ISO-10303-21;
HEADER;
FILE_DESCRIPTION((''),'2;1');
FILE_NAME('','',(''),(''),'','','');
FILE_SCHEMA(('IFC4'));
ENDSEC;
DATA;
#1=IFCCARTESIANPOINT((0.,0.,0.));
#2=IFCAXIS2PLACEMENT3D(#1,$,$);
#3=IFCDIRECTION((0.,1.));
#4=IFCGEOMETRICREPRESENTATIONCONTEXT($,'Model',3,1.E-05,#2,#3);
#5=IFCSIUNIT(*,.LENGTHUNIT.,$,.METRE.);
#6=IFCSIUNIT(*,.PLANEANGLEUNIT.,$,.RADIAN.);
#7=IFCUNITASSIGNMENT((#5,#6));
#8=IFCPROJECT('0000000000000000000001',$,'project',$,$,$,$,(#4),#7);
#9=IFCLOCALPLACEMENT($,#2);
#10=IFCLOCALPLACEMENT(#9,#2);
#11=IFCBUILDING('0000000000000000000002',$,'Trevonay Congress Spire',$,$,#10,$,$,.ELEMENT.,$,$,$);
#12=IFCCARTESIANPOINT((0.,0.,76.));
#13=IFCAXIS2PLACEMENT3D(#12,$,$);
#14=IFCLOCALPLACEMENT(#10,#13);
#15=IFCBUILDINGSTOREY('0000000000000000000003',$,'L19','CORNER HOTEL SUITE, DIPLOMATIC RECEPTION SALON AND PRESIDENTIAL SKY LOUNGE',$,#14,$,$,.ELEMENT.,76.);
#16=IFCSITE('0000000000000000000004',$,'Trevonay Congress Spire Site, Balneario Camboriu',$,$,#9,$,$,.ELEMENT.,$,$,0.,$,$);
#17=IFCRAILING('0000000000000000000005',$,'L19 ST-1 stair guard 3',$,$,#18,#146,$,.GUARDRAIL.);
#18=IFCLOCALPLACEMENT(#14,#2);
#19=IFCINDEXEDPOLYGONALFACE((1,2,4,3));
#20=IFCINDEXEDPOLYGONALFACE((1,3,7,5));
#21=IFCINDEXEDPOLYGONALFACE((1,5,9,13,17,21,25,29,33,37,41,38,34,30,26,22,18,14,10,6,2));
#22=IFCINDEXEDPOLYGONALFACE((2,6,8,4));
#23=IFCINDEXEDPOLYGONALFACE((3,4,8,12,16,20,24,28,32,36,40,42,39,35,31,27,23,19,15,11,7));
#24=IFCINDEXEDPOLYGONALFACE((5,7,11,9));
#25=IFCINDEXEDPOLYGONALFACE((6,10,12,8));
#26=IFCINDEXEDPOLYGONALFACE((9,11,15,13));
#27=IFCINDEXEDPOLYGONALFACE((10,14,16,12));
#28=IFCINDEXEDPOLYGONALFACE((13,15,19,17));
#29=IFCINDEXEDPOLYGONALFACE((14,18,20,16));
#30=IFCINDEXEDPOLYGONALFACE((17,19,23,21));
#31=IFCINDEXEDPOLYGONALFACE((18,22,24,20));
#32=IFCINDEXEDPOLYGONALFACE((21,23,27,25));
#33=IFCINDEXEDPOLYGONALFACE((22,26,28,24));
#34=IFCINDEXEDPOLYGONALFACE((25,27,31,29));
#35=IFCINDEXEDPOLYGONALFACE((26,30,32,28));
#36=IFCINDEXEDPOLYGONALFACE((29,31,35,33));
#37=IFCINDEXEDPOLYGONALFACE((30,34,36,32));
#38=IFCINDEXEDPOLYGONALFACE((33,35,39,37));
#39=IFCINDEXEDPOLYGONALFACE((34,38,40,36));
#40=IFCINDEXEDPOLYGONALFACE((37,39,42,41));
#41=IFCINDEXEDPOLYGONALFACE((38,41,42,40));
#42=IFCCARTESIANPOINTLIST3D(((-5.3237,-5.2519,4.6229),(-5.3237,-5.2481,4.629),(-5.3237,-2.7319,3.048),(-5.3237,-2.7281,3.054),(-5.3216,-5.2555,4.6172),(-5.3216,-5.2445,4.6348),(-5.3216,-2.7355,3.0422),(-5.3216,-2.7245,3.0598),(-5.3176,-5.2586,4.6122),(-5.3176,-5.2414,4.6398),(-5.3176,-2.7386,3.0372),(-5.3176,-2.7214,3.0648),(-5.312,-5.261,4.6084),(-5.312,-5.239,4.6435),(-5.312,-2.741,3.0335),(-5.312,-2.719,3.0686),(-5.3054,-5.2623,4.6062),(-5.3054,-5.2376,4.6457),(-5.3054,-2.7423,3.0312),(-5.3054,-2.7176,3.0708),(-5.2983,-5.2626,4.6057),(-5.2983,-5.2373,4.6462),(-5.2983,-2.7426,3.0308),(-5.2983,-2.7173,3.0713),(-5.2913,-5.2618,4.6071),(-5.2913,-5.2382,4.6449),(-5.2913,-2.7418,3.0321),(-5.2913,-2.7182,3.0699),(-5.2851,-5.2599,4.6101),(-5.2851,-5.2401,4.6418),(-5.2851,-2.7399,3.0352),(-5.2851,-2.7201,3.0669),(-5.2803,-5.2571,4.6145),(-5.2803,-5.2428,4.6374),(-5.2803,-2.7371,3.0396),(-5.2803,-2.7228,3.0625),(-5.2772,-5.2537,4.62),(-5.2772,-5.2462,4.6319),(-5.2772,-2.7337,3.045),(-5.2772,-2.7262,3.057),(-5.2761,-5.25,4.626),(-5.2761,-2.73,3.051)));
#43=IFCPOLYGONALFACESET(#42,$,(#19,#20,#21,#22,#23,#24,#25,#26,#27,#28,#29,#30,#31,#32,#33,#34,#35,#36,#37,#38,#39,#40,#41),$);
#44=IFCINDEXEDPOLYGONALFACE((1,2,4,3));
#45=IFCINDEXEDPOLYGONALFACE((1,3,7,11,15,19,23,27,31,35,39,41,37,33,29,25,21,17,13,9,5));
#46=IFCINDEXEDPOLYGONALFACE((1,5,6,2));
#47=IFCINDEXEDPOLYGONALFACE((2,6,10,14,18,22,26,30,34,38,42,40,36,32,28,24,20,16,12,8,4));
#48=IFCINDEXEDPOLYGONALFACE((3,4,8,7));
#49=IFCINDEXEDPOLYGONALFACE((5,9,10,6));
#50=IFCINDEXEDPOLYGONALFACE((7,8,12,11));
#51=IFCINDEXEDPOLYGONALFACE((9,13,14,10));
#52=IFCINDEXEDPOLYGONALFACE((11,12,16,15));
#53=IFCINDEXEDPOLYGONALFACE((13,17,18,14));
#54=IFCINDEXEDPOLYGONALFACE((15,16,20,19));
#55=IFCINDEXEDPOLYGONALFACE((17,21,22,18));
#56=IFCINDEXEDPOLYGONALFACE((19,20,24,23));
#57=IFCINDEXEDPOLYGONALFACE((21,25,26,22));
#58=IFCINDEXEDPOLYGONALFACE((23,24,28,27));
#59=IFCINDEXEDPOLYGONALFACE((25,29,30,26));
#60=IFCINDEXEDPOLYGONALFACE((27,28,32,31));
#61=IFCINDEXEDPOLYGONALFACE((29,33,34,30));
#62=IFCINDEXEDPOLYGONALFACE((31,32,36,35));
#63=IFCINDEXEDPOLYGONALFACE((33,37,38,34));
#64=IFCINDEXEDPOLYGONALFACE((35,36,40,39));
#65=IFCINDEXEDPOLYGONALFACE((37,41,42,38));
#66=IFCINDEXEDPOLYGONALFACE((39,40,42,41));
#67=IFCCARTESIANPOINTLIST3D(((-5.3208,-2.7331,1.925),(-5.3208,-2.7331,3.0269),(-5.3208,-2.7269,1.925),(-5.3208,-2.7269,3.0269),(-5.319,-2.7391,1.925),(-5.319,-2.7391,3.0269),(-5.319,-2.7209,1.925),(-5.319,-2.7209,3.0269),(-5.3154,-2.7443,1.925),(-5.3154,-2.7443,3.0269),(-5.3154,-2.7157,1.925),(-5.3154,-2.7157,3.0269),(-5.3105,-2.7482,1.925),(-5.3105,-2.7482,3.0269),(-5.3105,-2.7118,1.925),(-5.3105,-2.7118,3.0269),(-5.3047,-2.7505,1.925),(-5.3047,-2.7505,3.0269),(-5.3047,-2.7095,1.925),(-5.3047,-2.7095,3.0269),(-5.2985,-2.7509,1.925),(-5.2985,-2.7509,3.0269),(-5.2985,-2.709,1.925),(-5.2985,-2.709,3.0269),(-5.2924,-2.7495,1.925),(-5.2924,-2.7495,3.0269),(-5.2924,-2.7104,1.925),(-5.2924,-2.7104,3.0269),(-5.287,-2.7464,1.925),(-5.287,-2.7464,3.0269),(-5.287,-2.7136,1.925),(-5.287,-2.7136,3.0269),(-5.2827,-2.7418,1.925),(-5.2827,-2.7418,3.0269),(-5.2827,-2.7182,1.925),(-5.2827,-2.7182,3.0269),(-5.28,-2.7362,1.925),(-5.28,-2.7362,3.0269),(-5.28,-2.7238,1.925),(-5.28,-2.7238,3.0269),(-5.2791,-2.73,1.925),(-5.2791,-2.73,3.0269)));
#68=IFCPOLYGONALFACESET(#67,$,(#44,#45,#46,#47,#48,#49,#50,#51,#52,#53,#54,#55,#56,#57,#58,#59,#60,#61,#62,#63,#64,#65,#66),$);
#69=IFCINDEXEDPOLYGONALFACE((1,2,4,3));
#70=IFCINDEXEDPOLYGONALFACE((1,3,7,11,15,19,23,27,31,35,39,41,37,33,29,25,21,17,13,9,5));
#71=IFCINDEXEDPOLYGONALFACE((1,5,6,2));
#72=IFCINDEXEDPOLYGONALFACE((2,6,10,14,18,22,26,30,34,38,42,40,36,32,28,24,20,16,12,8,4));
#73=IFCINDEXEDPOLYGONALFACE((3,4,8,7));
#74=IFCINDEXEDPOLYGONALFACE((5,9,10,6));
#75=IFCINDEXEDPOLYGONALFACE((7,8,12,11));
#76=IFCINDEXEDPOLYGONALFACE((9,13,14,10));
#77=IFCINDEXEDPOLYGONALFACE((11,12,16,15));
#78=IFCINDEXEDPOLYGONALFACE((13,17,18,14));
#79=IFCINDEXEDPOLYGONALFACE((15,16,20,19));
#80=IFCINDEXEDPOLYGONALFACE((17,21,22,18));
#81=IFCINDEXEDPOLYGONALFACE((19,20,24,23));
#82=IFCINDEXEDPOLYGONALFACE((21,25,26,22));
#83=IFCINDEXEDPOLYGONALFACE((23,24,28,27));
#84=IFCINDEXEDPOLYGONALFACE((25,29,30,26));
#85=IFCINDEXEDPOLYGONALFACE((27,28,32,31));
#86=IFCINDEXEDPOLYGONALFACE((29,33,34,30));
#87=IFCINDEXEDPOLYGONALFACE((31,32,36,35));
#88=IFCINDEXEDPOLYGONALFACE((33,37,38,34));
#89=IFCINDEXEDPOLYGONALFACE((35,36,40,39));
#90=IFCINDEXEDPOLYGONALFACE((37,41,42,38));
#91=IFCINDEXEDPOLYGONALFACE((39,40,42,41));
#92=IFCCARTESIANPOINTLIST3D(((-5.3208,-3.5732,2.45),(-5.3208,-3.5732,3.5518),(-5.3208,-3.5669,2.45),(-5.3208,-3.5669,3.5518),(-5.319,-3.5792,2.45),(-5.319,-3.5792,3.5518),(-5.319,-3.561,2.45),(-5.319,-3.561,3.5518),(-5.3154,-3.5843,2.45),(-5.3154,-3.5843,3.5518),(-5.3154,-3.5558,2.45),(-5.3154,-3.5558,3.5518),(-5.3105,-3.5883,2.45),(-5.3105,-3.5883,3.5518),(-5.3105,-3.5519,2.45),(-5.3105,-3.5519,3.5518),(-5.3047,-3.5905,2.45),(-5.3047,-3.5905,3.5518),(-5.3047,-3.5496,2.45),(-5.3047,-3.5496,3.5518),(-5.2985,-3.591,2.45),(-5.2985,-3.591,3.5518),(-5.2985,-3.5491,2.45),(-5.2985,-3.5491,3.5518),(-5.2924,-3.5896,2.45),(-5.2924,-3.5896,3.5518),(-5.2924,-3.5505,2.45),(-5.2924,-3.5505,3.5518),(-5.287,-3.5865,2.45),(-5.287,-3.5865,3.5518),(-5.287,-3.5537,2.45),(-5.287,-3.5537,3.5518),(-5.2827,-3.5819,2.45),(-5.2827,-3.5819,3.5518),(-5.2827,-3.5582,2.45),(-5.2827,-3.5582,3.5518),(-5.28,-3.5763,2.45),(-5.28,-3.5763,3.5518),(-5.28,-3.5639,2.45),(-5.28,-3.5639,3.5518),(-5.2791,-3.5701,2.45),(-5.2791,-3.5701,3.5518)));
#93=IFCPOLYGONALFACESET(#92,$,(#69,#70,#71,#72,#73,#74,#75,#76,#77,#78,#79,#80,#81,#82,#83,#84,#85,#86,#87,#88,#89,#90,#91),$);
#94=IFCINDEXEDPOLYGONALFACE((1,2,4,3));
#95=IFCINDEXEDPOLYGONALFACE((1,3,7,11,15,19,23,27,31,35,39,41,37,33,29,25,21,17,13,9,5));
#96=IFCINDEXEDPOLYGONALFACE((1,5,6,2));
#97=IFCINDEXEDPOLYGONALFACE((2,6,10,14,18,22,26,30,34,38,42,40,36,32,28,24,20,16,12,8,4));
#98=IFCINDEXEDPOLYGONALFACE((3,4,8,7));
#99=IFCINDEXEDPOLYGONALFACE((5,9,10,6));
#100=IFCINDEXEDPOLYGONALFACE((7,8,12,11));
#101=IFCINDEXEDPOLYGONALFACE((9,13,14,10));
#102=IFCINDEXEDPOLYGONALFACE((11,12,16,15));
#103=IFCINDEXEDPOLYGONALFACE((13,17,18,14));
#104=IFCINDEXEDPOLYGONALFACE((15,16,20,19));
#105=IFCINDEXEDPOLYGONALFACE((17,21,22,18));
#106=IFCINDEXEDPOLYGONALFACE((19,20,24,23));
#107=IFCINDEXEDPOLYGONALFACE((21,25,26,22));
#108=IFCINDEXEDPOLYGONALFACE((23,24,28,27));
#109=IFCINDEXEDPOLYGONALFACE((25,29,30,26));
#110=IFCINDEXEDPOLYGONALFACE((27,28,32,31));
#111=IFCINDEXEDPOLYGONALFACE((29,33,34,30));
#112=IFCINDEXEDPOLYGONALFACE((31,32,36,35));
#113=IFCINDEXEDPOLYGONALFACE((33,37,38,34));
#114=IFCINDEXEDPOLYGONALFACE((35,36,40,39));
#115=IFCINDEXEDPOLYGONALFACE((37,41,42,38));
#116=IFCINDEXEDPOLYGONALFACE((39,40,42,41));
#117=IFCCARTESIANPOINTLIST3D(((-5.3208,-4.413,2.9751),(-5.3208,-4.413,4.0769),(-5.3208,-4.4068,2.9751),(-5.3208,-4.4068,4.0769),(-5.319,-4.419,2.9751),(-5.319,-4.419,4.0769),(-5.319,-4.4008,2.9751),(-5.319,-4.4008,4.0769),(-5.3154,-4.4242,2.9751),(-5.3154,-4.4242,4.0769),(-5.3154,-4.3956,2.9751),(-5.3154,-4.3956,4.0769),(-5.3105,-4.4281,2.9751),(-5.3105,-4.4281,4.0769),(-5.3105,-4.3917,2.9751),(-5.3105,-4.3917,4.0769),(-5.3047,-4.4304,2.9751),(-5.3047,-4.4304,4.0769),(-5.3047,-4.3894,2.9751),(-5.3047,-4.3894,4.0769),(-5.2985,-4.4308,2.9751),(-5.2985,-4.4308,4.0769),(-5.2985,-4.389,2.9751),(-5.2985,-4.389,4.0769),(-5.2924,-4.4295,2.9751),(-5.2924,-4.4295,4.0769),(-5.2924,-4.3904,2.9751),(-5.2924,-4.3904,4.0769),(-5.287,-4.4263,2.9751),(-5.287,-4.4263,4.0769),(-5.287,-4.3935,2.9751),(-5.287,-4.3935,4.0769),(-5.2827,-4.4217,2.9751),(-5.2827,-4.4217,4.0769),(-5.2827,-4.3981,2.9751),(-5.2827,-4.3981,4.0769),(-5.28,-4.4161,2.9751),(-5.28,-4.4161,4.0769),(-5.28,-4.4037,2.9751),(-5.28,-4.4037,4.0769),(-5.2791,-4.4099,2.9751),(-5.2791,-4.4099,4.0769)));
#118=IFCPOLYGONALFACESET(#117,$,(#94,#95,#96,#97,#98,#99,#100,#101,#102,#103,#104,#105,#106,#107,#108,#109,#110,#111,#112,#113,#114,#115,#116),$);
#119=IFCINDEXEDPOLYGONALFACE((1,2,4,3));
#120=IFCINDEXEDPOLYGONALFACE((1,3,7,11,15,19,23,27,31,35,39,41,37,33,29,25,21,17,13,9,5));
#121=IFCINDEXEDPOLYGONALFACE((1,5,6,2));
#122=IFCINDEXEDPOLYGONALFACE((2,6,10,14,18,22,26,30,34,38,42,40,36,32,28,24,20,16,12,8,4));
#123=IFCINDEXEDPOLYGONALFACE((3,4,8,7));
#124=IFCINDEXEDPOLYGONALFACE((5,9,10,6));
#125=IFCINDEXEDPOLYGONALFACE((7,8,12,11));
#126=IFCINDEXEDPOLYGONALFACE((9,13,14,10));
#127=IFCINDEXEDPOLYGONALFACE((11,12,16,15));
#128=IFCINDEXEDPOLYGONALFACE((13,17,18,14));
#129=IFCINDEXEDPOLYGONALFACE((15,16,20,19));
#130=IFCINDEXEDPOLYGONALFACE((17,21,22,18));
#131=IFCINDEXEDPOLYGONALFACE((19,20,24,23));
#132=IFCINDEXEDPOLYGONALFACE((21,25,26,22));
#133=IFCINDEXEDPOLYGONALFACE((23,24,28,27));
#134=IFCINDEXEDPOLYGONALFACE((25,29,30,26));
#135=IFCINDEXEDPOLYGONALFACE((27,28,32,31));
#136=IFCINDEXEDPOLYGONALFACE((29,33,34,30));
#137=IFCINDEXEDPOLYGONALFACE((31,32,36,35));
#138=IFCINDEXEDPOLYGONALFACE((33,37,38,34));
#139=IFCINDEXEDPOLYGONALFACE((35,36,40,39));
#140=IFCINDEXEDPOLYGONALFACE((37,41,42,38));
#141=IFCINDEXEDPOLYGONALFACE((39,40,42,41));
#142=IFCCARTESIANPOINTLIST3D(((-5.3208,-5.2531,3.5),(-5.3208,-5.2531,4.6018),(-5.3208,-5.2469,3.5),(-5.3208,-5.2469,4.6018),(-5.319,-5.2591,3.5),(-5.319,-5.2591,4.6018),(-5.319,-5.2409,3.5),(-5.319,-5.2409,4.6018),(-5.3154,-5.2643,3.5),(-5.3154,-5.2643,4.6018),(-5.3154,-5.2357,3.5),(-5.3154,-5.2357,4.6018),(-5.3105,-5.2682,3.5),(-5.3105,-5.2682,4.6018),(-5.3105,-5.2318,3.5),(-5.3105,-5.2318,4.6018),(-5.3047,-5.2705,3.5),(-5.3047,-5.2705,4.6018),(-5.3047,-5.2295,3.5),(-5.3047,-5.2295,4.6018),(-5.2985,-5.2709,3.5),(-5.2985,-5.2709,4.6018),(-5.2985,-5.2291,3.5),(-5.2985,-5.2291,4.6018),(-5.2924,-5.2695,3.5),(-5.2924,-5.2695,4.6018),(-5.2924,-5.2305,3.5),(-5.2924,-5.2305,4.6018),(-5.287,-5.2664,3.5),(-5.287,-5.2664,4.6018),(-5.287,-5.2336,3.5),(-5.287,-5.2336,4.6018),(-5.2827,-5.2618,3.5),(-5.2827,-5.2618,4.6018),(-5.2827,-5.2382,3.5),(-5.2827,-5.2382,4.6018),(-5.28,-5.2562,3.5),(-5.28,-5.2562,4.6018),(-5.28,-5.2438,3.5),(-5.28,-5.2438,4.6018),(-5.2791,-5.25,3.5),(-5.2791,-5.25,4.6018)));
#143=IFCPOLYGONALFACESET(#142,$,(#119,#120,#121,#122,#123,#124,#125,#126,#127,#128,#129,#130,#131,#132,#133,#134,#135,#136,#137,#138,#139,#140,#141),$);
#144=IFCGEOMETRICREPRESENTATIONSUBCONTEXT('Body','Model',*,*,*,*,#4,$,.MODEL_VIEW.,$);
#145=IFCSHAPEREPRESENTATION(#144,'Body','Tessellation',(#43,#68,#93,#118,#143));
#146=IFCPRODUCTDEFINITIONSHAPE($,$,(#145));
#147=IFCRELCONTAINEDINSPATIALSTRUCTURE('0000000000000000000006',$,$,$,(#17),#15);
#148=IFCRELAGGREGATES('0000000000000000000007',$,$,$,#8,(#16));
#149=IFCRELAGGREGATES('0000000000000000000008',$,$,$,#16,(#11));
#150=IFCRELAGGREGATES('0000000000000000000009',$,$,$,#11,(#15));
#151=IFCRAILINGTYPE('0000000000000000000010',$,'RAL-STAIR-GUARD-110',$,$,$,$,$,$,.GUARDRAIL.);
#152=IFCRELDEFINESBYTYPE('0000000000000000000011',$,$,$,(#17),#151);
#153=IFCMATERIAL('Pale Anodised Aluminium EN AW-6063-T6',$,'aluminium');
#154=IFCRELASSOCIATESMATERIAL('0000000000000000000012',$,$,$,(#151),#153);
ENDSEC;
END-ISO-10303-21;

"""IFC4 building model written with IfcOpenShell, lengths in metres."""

from ifc_helpers import new_model, si_unit, direction, frame, origin, origin_2d, place, context, subcontext, project, spatial, circle, extrude, material, type_object, element, save


model = new_model("IFC4")

# Units and contexts
model_context = context("Model", 3, precision=1e-05, world=origin(), true_north=direction((0.0, 1.0)))
body_context = subcontext(model_context, "Body", "Model", "MODEL_VIEW")
ifc_project = project(units=[si_unit("LENGTHUNIT", "METRE"), si_unit("PLANEANGLEUNIT", "RADIAN")], contexts=[model_context])

# Site, building, storey
site_placement = place(None, origin())
site = spatial("IfcSite", under=ifc_project, at=site_placement, Name="Trevonay Congress Spire Site, Balneario Camboriu", CompositionType="ELEMENT", RefElevation=0.0)
building_placement = place(site_placement, origin())
building = spatial("IfcBuilding", under=site, at=building_placement, Name="Trevonay Congress Spire", CompositionType="ELEMENT")
storey_placement = place(building_placement, frame((0.0, 0.0, 76.0)))
storey = spatial("IfcBuildingStorey", under=building, at=storey_placement, Name="L19", Description="CORNER HOTEL SUITE, DIPLOMATIC RECEPTION SALON AND PRESIDENTIAL SKY LOUNGE", CompositionType="ELEMENT", Elevation=76.0)

# Shared definitions
ifc_material_1 = material(Name="Pale Anodised Aluminium EN AW-6063-T6", Category="aluminium")

# Railing
railing_type_1 = type_object("IfcRailingType", Name="RAL-STAIR-GUARD-110", PredefinedType="GUARDRAIL", material=ifc_material_1)
railing_1_placement = place(storey_placement, frame((-5.3, -2.73, 1.925)))
element("IfcRailing", 1, at=railing_1_placement, inside=storey, type_object=railing_type_1, Name="L19 ST-1 stair guard 3", PredefinedType="GUARDRAIL", context=body_context, shape_type="SweptSolid", body=[
    extrude(circle(Radius=0.0239, at=origin_2d()), frame((0.0, 0.0, 1.126), z_axis=(0.0, -0.848008, 0.529984), x_axis=(1.0, 0.0, 0.0)), (0.0, 0.0, 1.0), 2.9717),
    extrude(circle(Radius=0.021, at=origin_2d()), origin(), (0.0, 0.0, 1.0), 1.1018),
    extrude(circle(Radius=0.021, at=origin_2d()), frame((0.0, -0.8401, 0.5249)), (0.0, 0.0, 1.0), 1.1018),
    extrude(circle(Radius=0.021, at=origin_2d()), frame((0.0, -1.6799, 1.05)), (0.0, 0.0, 1.0), 1.1018),
    extrude(circle(Radius=0.021, at=origin_2d()), frame((0.0, -2.52, 1.575)), (0.0, 0.0, 1.0), 1.1018),
])

save(model, "model.ifc")
